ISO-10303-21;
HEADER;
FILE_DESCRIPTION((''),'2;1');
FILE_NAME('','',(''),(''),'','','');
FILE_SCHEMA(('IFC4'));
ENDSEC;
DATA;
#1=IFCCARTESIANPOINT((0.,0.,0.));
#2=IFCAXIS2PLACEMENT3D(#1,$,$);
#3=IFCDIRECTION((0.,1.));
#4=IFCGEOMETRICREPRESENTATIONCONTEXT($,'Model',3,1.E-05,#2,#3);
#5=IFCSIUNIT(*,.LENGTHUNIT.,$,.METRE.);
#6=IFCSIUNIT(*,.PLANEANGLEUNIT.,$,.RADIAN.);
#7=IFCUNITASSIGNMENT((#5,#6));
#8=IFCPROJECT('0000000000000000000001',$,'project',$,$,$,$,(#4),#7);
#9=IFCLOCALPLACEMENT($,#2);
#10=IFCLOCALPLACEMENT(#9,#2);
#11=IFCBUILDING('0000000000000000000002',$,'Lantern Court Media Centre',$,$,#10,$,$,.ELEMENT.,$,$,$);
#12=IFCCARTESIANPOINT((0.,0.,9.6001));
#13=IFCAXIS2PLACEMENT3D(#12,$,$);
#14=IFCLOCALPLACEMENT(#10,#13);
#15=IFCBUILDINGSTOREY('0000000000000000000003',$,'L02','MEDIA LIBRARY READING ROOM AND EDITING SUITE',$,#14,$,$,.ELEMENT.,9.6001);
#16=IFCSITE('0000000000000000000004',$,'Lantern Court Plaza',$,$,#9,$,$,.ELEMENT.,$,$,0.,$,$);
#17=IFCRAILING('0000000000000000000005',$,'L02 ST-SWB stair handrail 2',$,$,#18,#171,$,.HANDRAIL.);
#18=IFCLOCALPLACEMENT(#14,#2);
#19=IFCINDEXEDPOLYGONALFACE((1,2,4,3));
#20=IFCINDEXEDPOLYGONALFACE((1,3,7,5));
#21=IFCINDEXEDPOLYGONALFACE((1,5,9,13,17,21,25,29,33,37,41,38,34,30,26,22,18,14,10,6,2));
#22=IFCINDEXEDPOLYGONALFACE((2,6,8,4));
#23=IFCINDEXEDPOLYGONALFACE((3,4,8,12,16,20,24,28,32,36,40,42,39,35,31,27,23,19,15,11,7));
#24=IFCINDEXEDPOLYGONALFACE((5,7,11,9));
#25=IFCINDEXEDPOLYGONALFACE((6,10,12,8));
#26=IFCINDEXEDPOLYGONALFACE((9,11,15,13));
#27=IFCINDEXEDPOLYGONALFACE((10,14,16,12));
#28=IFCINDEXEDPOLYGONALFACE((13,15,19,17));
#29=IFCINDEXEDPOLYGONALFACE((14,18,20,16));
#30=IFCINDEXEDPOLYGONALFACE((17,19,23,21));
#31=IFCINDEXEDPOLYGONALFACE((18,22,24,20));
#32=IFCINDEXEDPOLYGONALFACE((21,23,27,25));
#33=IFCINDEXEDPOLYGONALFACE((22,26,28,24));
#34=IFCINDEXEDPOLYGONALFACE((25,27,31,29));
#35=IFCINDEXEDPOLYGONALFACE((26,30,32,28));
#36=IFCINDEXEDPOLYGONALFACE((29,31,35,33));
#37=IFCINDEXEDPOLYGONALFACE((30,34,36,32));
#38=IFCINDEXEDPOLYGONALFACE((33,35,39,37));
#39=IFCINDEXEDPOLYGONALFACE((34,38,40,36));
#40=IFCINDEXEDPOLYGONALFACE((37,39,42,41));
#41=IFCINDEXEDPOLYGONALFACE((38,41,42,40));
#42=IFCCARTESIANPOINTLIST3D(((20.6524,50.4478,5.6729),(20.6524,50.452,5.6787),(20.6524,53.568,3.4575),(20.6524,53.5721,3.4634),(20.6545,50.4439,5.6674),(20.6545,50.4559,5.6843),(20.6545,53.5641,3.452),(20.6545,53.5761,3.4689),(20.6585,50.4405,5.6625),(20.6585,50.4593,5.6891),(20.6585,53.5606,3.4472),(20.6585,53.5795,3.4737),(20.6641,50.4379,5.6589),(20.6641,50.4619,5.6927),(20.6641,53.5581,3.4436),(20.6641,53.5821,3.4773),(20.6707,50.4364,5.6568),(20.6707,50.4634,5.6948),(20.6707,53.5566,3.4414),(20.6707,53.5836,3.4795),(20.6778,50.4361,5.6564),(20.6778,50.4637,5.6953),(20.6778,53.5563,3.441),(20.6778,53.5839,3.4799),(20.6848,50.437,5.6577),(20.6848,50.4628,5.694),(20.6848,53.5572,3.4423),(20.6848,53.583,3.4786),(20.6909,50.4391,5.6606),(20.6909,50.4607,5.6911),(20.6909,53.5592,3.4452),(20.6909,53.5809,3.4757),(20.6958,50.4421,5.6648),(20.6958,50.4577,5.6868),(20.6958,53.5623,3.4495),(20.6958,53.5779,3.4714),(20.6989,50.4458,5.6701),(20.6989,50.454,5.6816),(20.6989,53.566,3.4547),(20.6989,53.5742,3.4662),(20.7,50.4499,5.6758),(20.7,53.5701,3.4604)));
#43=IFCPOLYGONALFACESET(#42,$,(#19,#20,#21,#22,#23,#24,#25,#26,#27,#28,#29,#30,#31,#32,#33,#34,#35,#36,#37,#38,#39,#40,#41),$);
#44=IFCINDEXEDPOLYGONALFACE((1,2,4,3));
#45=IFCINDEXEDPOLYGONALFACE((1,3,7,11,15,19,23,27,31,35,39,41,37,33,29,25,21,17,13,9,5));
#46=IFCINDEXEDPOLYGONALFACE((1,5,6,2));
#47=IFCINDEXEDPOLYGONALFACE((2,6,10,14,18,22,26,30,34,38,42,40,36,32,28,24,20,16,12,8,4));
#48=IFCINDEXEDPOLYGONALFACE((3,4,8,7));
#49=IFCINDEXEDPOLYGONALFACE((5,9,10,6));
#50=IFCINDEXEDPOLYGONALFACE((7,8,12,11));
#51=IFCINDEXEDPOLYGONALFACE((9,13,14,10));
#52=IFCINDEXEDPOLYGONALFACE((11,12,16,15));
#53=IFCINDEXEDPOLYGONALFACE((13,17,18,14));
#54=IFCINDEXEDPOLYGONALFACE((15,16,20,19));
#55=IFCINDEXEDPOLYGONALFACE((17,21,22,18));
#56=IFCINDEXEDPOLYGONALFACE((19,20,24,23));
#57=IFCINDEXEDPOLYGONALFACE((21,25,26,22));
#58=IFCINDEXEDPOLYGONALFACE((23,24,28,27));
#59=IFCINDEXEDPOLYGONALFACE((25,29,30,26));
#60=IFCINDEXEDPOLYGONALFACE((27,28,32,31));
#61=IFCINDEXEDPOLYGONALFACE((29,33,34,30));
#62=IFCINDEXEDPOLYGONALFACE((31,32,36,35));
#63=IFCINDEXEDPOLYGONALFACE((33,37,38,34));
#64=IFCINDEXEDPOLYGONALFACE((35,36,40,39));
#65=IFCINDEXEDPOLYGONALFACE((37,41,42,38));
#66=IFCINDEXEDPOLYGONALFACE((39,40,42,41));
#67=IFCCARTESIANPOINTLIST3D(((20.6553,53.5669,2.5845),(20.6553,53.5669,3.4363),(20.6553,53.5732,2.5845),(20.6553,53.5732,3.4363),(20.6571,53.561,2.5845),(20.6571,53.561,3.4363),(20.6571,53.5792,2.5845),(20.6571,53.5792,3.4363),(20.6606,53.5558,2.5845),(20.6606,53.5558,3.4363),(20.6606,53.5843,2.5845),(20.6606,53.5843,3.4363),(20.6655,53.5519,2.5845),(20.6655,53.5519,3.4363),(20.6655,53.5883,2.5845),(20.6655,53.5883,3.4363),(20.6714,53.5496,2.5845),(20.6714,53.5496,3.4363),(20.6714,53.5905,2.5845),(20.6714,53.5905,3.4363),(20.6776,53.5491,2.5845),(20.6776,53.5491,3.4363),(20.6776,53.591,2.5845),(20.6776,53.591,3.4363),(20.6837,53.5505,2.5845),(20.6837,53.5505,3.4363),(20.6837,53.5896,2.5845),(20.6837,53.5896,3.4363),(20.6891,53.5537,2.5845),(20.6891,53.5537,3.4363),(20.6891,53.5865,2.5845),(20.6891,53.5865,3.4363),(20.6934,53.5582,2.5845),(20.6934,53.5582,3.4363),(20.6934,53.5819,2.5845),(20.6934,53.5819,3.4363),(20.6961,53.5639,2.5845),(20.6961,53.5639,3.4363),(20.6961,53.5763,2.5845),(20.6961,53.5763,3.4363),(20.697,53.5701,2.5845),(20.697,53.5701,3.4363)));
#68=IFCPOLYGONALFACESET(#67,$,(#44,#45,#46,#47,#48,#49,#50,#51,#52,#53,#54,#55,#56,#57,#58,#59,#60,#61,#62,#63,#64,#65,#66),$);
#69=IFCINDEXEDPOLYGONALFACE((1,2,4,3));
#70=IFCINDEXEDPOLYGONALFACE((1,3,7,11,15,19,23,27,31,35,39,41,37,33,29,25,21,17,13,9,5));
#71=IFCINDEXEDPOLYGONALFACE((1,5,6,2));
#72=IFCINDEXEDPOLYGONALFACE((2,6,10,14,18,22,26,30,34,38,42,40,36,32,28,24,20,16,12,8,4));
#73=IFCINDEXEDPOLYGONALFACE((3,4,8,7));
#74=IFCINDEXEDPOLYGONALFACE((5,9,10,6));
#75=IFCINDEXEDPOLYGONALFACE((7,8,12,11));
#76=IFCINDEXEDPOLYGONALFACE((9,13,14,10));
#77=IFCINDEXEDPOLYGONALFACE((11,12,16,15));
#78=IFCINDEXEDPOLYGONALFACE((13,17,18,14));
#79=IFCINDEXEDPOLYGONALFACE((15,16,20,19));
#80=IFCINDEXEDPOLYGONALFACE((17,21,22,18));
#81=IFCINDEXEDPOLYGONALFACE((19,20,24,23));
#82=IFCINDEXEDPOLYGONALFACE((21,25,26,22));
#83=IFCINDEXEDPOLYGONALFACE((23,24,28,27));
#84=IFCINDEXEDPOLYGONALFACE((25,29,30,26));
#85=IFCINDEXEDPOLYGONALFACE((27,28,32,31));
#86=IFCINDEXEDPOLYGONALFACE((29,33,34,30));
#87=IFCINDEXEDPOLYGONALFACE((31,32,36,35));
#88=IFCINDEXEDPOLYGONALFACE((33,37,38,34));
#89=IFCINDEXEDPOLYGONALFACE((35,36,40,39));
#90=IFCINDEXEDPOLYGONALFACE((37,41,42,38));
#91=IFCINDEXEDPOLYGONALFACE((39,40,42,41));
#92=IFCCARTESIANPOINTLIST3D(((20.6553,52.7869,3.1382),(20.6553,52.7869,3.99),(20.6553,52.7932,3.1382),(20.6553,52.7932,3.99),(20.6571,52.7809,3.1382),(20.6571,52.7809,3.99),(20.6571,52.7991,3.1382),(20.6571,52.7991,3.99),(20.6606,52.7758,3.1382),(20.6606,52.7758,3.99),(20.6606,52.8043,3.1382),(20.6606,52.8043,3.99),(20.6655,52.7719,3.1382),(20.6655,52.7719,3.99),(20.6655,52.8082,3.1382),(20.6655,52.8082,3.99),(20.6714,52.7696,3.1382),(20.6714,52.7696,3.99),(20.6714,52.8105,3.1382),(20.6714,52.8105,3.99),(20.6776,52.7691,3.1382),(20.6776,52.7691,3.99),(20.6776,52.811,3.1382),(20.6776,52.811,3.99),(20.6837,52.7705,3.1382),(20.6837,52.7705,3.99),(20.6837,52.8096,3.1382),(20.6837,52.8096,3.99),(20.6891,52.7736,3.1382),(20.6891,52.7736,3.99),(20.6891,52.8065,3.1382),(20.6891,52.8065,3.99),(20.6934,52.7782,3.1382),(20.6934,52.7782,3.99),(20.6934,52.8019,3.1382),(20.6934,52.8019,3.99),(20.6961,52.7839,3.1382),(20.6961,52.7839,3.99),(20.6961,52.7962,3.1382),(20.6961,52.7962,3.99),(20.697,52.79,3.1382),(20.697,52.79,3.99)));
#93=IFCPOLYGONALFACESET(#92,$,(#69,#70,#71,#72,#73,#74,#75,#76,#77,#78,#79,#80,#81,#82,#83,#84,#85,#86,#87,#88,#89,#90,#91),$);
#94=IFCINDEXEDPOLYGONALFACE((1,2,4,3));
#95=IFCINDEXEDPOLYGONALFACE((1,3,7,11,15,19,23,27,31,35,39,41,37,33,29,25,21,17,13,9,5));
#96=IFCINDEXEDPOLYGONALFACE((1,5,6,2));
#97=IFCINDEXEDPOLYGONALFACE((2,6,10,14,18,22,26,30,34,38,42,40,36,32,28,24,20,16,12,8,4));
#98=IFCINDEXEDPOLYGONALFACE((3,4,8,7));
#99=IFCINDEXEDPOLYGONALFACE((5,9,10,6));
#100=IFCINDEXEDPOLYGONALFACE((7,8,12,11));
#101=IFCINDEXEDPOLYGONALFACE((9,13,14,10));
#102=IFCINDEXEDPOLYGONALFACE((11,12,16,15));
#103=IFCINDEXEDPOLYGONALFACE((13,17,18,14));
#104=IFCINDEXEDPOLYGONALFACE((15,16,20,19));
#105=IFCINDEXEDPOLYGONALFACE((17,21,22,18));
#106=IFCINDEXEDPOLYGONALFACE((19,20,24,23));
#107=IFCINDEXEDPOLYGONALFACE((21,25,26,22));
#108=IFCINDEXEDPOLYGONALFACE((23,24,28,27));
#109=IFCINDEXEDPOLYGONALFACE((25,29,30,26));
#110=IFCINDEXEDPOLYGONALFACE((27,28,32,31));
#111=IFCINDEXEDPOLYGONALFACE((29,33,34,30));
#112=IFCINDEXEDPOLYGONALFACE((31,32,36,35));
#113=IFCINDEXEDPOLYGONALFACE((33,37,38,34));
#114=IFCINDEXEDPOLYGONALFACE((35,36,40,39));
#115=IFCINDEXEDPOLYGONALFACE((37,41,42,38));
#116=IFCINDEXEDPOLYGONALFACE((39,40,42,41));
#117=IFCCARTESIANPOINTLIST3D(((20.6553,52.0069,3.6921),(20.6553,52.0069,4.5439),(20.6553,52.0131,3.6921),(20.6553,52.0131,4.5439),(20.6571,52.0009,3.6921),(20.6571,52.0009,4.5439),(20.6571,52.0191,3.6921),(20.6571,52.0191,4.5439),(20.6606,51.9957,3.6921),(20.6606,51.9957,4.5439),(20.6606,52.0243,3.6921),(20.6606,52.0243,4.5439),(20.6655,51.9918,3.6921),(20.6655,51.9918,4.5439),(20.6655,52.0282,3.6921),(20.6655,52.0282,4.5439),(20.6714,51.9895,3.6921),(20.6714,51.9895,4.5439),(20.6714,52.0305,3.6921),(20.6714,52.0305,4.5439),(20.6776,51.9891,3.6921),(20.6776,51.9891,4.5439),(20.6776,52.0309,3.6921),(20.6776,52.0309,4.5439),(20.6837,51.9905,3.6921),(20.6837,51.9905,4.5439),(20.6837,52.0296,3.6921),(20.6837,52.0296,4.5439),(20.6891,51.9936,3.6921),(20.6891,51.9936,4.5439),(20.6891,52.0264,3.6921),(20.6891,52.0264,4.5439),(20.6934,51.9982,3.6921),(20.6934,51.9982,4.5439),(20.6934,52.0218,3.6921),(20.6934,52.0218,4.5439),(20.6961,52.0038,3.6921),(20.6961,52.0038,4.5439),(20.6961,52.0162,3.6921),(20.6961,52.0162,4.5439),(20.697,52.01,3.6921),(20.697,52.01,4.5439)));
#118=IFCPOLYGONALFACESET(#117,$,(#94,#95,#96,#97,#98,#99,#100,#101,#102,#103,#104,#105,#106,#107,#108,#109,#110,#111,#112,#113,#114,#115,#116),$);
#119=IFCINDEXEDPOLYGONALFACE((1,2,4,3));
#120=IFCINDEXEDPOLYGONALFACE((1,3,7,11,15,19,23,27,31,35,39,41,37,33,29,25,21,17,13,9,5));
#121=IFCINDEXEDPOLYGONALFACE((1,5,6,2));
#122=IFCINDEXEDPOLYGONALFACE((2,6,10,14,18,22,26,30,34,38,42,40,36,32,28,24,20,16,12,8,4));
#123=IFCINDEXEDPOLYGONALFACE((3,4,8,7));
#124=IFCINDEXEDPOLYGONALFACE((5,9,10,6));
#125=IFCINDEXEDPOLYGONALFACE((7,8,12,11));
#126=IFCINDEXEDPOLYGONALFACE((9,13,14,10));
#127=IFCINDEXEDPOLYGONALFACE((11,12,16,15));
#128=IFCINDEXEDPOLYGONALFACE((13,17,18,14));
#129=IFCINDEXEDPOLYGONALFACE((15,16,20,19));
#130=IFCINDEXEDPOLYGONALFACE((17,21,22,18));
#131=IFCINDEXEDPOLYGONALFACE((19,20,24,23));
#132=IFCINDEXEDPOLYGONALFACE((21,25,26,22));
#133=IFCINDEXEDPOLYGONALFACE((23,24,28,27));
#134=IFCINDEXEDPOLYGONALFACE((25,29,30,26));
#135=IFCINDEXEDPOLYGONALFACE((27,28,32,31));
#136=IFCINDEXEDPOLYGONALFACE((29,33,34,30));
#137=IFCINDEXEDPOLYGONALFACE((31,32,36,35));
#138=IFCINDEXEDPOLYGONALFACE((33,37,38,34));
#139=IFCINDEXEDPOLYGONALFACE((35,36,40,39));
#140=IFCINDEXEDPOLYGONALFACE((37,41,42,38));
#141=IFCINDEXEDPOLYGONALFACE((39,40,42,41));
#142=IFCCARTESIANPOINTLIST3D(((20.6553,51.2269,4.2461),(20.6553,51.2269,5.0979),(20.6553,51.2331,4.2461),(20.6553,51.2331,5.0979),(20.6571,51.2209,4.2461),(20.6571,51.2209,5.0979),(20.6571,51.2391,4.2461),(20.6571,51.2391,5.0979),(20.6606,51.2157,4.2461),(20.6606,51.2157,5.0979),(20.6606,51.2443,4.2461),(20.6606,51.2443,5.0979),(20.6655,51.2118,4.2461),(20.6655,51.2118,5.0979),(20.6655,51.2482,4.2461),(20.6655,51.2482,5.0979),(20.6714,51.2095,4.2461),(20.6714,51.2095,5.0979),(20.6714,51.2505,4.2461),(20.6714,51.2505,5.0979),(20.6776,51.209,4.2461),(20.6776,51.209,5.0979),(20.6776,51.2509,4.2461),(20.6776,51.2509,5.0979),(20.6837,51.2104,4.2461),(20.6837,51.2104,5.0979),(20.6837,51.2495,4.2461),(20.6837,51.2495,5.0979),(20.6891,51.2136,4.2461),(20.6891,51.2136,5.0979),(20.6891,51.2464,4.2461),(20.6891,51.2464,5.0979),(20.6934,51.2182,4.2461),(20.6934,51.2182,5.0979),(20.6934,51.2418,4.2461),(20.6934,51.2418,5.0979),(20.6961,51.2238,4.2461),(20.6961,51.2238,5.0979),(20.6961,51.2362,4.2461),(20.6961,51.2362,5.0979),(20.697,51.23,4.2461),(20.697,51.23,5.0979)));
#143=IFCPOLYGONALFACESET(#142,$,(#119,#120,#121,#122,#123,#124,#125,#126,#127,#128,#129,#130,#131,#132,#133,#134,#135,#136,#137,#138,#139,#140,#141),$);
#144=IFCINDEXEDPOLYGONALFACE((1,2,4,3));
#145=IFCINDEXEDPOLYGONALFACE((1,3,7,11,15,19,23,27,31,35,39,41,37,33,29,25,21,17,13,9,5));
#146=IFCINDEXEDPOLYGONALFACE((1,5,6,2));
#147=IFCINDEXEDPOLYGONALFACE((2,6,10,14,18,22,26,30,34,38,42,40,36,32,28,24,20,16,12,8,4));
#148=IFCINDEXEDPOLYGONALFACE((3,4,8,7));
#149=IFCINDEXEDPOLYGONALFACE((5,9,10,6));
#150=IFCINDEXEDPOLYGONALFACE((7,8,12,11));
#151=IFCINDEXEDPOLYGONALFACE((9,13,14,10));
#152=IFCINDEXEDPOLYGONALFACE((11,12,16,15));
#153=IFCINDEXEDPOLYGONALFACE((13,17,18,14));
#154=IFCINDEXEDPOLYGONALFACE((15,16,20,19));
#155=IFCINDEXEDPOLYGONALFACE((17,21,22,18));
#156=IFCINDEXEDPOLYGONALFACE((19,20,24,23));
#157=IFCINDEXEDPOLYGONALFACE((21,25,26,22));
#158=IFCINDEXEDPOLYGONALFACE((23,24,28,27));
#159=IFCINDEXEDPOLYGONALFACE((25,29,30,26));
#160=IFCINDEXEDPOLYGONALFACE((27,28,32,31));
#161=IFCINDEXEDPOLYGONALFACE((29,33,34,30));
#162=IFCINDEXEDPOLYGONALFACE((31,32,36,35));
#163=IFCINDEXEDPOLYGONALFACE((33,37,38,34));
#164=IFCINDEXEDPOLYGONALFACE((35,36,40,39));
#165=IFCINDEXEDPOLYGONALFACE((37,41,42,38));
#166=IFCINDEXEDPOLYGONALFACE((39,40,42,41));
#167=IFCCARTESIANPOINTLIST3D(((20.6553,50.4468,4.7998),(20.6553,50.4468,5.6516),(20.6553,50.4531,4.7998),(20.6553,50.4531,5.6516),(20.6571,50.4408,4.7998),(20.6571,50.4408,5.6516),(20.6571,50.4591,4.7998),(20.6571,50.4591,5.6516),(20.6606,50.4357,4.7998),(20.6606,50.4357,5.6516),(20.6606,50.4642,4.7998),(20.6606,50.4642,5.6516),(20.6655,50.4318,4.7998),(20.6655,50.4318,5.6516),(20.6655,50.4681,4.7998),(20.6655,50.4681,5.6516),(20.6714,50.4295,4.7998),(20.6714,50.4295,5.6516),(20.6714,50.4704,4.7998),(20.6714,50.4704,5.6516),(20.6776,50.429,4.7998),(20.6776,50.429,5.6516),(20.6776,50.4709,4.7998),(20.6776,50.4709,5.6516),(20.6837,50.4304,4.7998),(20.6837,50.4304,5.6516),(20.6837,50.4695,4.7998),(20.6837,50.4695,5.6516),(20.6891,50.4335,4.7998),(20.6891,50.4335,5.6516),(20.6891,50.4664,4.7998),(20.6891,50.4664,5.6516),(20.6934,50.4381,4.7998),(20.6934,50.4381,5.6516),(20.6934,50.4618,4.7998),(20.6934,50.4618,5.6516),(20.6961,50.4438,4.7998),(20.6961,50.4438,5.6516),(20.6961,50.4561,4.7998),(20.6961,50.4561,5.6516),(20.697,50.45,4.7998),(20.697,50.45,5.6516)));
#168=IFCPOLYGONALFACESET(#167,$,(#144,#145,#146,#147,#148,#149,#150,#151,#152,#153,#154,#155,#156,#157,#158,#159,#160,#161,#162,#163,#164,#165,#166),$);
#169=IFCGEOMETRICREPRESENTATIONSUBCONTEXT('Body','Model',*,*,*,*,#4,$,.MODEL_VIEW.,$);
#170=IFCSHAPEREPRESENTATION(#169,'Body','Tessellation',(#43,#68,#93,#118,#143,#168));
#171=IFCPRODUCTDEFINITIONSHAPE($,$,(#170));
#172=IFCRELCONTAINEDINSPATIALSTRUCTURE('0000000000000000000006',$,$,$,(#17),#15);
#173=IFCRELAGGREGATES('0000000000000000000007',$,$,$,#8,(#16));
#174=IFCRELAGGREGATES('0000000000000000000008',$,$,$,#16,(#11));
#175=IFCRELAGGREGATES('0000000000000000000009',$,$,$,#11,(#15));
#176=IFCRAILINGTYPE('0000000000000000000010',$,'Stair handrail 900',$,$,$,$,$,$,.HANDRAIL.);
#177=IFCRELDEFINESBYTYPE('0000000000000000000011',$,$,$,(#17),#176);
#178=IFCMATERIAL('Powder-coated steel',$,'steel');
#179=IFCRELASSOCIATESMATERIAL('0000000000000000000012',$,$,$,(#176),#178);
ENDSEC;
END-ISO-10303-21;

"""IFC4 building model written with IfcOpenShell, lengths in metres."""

from ifc_helpers import new_model, si_unit, direction, frame, origin, origin_2d, place, context, subcontext, project, spatial, circle, extrude, material, type_object, element, save


model = new_model("IFC4")

# Units and contexts
model_context = context("Model", 3, precision=1e-05, world=origin(), true_north=direction((0.0, 1.0)))
body_context = subcontext(model_context, "Body", "Model", "MODEL_VIEW")
ifc_project = project(units=[si_unit("LENGTHUNIT", "METRE"), si_unit("PLANEANGLEUNIT", "RADIAN")], contexts=[model_context])

# Site, building, storey
site_placement = place(None, origin())
site = spatial("IfcSite", under=ifc_project, at=site_placement, Name="Lantern Court Plaza", CompositionType="ELEMENT", RefElevation=0.0)
building_placement = place(site_placement, origin())
building = spatial("IfcBuilding", under=site, at=building_placement, Name="Lantern Court Media Centre", CompositionType="ELEMENT")
storey_placement = place(building_placement, frame((0.0, 0.0, 9.6001)))
storey = spatial("IfcBuildingStorey", under=building, at=storey_placement, Name="L02", Description="MEDIA LIBRARY READING ROOM AND EDITING SUITE", CompositionType="ELEMENT", Elevation=9.6001)

# Shared definitions
ifc_material_1 = material(Name="Powder-coated steel", Category="steel")

# Railing
railing_type_1 = type_object("IfcRailingType", Name="Stair handrail 900", PredefinedType="HANDRAIL", material=ifc_material_1)
railing_1_placement = place(storey_placement, frame((20.676, 53.5701, 2.5845)))
element("IfcRailing", 1, at=railing_1_placement, inside=storey, type_object=railing_type_1, Name="L02 ST-SWB stair handrail 2", PredefinedType="HANDRAIL", context=body_context, shape_type="SweptSolid", body=[
    extrude(circle(Radius=0.0239, at=origin_2d()), frame((0.0, 0.0, 0.876), z_axis=(0.0, -0.815377, 0.57893), x_axis=(1.0, 0.0, 0.0)), (0.0, 0.0, 1.0), 3.8267),
    extrude(circle(Radius=0.021, at=origin_2d()), origin(), (0.0, 0.0, 1.0), 0.8518),
    extrude(circle(Radius=0.021, at=origin_2d()), frame((0.0, -0.78, 0.5537)), (0.0, 0.0, 1.0), 0.8518),
    extrude(circle(Radius=0.021, at=origin_2d()), frame((0.0, -1.5601, 1.1077)), (0.0, 0.0, 1.0), 0.8518),
    extrude(circle(Radius=0.021, at=origin_2d()), frame((0.0, -2.3401, 1.6616)), (0.0, 0.0, 1.0), 0.8518),
    extrude(circle(Radius=0.021, at=origin_2d()), frame((0.0, -3.1201, 2.2153)), (0.0, 0.0, 1.0), 0.8518),
])

save(model, "model.ifc")
